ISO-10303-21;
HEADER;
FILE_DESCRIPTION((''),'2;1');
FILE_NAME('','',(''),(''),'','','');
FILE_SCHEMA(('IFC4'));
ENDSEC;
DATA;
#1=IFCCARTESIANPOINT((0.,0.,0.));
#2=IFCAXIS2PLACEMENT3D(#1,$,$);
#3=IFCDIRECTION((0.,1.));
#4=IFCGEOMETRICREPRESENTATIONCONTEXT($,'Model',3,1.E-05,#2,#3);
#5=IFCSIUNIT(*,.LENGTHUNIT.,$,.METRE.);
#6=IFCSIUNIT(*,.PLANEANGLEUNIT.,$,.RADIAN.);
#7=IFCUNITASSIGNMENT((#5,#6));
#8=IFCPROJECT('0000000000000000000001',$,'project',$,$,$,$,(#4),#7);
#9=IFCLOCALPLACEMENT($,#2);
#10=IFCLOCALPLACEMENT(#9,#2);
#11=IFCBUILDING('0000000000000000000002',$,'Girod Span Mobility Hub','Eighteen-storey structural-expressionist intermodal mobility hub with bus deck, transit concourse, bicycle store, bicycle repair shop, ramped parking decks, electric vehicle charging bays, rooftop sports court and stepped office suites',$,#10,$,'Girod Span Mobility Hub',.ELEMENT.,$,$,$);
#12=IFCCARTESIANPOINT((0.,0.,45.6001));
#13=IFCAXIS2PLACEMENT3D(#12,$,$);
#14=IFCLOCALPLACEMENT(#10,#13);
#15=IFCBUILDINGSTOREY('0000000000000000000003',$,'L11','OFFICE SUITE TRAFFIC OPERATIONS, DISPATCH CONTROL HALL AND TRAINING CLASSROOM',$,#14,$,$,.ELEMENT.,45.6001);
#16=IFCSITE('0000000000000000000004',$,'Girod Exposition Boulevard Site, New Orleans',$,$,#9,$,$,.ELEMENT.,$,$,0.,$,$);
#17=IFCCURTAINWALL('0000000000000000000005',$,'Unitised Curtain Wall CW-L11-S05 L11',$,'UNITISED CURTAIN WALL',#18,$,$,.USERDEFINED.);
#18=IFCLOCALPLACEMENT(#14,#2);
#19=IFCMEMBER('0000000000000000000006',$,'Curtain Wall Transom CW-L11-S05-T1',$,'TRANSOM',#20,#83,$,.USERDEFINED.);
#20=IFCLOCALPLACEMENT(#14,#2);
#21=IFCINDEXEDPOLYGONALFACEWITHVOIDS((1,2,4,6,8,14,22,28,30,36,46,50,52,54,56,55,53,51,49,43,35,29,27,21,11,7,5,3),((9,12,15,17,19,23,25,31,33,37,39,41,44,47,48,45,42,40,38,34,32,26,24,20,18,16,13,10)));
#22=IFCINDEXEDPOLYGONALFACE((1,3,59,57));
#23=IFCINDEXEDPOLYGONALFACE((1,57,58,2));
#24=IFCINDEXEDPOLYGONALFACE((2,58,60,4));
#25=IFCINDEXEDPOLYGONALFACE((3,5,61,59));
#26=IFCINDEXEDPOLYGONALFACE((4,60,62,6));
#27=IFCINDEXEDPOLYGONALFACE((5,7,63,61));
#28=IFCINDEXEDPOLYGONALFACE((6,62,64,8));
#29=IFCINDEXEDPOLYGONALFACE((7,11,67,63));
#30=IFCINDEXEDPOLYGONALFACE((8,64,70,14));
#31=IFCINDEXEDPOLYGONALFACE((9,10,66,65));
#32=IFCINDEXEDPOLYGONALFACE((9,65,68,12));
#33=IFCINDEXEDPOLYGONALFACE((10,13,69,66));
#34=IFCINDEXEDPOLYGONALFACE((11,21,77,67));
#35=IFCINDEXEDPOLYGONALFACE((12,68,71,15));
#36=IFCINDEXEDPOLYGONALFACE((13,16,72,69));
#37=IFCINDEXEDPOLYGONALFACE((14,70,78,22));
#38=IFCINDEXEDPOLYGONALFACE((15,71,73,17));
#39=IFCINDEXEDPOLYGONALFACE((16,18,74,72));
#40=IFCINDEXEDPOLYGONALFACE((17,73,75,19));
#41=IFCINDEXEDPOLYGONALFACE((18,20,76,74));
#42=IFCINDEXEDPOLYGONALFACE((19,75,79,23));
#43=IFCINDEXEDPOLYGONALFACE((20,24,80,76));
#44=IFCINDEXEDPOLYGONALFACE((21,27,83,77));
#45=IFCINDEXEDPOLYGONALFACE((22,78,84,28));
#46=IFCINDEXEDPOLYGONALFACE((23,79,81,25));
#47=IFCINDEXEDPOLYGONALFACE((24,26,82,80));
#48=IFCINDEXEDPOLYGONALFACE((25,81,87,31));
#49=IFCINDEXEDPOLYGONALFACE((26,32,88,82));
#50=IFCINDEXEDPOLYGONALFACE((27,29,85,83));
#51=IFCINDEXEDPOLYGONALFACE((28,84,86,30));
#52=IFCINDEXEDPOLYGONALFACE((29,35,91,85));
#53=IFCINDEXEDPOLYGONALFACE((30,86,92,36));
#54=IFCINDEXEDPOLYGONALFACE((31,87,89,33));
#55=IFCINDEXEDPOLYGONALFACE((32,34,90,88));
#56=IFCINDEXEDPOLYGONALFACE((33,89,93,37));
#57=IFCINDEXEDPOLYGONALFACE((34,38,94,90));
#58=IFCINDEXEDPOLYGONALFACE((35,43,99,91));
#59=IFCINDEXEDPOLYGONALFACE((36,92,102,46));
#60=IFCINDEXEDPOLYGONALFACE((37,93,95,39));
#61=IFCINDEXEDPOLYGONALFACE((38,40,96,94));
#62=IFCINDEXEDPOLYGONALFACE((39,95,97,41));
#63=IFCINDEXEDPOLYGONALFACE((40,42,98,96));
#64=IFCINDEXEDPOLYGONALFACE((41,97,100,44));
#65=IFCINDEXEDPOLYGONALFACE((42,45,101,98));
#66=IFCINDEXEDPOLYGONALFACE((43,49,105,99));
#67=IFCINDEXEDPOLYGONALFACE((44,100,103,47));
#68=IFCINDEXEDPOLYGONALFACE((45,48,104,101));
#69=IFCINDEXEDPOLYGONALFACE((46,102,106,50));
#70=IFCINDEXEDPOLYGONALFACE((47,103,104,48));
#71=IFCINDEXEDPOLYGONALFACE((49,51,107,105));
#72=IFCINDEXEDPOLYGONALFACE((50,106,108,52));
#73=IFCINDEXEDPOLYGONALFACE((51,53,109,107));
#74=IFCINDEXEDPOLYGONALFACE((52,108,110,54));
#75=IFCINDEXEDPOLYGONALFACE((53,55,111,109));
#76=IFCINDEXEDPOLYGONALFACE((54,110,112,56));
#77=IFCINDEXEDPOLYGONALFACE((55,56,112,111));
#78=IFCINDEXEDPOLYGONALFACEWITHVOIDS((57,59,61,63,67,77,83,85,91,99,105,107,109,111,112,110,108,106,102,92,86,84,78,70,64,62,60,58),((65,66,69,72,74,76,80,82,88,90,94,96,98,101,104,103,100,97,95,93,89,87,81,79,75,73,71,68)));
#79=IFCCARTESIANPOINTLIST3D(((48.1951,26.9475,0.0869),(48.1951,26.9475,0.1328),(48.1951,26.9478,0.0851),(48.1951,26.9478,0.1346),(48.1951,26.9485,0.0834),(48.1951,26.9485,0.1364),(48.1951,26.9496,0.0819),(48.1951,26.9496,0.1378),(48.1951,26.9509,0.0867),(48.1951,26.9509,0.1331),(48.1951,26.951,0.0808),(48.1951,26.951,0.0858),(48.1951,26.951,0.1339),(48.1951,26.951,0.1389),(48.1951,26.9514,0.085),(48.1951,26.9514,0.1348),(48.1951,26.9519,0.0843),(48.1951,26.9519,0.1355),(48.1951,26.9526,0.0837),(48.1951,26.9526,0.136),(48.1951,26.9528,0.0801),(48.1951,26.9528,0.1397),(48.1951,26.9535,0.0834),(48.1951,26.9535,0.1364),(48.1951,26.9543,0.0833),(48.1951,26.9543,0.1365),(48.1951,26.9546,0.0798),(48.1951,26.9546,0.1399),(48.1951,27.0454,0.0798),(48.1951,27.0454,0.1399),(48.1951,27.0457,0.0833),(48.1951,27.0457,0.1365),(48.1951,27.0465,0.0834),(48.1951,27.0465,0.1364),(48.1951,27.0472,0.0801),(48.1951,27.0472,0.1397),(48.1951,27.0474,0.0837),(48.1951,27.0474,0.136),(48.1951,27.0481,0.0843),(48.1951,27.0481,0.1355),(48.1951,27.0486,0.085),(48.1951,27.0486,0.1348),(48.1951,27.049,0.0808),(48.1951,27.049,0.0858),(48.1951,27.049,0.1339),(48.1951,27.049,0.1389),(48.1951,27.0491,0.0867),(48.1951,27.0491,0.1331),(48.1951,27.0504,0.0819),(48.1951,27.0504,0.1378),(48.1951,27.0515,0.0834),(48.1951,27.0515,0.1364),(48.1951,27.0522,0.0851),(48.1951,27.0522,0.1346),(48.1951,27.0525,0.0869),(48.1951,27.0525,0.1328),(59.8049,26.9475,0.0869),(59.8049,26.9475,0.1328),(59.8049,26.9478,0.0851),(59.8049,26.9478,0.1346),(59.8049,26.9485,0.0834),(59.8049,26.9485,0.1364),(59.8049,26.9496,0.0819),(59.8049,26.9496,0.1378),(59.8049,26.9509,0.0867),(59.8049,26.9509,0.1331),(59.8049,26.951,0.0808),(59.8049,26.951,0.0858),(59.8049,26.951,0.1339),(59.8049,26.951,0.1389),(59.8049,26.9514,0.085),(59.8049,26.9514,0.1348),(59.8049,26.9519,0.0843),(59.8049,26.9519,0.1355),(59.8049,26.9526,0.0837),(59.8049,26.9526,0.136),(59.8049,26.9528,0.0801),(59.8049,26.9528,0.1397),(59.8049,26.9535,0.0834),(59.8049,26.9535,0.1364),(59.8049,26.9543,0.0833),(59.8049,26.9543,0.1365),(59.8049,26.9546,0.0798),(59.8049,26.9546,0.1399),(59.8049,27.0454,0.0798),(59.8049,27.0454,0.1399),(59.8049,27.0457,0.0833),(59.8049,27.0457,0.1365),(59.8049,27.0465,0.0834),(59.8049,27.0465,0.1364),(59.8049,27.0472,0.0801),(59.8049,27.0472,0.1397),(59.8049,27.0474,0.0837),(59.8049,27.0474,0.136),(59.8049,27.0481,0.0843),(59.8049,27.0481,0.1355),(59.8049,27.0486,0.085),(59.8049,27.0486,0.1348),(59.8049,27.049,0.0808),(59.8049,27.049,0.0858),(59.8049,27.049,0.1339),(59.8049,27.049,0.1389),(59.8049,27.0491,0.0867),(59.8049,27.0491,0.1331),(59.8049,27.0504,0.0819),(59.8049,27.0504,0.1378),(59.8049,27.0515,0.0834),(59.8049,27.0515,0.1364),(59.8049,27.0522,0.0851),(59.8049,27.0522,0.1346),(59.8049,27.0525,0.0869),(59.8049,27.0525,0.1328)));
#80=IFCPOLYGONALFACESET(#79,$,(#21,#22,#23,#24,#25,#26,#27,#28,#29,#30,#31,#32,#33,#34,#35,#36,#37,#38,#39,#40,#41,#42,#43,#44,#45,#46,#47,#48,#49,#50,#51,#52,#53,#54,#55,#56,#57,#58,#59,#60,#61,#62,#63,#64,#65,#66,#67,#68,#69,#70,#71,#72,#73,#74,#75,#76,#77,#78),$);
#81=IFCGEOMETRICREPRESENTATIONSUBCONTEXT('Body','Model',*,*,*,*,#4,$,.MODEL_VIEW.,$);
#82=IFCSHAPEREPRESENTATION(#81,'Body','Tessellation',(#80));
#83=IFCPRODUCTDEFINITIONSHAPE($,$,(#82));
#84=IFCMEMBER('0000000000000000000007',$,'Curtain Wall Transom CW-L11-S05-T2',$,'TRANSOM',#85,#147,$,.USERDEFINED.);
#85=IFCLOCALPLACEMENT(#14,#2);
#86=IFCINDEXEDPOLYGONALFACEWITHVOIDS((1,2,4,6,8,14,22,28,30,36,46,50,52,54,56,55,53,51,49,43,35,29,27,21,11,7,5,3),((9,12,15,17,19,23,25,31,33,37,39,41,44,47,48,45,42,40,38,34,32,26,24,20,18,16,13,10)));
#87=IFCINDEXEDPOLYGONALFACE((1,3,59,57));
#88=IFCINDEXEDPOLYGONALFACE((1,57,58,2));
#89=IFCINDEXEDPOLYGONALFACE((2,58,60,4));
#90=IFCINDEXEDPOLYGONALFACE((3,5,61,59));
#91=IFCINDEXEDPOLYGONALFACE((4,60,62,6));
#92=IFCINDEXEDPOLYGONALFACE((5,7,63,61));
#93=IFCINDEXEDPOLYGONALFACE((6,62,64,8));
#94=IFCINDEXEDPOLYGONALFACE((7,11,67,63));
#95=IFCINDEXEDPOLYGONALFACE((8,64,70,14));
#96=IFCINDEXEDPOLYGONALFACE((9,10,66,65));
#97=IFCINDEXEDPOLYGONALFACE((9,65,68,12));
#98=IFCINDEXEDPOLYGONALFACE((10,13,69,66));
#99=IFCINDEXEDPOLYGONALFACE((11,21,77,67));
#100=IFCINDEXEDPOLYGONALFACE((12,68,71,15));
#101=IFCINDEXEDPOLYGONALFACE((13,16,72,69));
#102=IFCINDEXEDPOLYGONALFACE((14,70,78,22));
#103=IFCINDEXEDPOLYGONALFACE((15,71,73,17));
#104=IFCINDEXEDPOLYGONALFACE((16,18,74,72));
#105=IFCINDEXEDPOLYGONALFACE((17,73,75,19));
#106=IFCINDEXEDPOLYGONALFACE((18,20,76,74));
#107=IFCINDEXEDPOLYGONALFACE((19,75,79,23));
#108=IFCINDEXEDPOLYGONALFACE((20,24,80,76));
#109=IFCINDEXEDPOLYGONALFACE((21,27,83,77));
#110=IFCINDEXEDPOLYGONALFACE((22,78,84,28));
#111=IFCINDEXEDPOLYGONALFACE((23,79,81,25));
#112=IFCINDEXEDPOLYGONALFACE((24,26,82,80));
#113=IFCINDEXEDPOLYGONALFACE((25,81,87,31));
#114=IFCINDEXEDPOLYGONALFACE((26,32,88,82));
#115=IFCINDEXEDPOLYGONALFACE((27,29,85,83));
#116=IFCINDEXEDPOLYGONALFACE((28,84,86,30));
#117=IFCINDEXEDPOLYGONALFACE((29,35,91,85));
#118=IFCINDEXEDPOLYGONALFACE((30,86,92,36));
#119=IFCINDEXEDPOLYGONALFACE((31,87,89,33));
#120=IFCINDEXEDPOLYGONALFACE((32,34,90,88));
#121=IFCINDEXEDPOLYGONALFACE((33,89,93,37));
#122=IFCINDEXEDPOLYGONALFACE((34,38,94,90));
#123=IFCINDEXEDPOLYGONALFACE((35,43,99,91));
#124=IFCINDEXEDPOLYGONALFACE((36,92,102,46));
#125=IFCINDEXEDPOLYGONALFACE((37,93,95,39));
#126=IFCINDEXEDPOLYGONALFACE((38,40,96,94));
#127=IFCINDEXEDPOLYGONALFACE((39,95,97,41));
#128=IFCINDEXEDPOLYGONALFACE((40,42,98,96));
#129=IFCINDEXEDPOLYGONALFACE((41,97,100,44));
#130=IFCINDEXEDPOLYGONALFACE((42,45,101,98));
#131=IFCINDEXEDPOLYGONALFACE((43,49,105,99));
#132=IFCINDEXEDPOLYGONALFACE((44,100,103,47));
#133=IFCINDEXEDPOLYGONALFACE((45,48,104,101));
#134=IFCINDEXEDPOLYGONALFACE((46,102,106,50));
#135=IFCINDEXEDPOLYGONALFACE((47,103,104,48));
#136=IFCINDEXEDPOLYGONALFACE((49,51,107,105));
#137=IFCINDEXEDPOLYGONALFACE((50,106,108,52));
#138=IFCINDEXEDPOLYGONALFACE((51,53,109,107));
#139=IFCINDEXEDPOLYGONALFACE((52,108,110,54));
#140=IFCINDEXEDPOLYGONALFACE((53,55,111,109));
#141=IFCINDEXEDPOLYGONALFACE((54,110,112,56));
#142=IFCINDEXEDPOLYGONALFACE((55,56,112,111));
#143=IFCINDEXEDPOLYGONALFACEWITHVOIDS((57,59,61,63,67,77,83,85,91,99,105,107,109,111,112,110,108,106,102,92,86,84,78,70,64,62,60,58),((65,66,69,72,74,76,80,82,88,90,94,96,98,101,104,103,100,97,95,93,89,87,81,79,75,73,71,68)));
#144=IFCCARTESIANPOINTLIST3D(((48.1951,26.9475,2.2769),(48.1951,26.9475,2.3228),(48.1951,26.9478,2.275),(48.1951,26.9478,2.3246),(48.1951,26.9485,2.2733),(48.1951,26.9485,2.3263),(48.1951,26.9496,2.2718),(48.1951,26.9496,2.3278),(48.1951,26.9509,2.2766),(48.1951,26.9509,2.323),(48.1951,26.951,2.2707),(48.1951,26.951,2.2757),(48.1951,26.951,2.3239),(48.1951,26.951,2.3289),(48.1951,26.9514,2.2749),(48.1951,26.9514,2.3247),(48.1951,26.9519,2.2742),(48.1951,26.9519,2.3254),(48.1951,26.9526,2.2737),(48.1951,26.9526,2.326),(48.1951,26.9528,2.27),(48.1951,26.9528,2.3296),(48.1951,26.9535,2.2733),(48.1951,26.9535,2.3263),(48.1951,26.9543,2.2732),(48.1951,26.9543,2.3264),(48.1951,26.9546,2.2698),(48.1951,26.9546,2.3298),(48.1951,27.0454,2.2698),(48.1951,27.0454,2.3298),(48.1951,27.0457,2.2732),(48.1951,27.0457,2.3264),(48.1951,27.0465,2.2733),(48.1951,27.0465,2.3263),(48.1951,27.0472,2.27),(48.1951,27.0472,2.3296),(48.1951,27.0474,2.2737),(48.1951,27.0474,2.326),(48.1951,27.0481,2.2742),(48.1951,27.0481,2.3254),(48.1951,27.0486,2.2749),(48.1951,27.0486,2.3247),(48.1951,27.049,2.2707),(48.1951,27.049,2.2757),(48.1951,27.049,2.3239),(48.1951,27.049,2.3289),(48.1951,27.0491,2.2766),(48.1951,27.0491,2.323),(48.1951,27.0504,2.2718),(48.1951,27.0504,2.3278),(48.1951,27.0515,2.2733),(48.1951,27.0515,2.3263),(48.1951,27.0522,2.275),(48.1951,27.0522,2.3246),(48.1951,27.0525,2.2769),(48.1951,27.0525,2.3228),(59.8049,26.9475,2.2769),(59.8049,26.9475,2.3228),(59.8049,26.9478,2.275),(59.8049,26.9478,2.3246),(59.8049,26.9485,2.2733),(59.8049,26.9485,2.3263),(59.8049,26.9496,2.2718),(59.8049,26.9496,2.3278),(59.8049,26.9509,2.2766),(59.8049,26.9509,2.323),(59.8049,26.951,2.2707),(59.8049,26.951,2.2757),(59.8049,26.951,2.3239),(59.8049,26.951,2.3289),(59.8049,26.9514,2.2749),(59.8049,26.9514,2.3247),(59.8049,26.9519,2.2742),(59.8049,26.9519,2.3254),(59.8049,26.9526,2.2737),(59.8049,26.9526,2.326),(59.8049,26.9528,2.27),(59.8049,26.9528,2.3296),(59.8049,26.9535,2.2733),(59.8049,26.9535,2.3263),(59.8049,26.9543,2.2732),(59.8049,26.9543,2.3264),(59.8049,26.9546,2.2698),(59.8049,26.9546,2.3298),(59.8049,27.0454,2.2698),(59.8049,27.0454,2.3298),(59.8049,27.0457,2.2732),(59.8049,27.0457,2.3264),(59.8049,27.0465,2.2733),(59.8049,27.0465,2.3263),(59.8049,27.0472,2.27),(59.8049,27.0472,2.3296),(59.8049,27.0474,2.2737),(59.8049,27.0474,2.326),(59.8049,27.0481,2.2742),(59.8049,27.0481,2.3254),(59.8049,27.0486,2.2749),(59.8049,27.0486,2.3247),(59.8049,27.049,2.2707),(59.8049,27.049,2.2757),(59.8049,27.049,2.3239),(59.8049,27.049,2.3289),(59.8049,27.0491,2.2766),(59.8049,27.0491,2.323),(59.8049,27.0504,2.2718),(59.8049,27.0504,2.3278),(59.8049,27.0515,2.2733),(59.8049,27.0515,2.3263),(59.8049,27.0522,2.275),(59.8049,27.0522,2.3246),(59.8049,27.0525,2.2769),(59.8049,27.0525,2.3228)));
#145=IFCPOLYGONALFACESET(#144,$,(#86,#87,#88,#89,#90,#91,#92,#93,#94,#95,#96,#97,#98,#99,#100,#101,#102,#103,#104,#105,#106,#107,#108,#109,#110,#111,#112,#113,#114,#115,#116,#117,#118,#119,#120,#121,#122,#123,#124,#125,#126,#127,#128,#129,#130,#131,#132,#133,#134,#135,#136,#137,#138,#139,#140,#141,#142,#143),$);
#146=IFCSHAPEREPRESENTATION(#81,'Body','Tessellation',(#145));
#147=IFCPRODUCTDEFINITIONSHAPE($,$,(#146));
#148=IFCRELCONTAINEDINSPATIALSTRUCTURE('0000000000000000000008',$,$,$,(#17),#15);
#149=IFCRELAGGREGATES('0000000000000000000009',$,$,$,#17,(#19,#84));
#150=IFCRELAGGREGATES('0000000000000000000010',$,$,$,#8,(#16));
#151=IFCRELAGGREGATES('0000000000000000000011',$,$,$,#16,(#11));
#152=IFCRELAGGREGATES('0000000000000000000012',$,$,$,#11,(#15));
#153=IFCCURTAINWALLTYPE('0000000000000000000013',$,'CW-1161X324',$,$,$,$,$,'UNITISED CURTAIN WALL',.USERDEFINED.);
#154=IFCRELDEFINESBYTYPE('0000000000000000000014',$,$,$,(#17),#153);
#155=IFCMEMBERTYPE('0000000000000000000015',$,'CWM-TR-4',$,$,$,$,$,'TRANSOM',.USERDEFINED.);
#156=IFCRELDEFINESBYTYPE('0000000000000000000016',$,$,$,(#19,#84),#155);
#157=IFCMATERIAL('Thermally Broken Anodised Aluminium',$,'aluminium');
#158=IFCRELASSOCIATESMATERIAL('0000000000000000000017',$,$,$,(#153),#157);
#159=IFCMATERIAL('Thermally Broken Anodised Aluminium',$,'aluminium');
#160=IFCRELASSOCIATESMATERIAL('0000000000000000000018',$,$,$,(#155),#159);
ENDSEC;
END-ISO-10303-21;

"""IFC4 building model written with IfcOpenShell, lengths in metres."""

from ifc_helpers import new_model, si_unit, direction, frame, origin, origin_2d, place, context, subcontext, project, spatial, hollow_rectangle, extrude, material, material_profile, profile_set, type_object, element, aggregate, save


model = new_model("IFC4")

# Units and contexts
model_context = context("Model", 3, precision=1e-05, world=origin(), true_north=direction((0.0, 1.0)))
body_context = subcontext(model_context, "Body", "Model", "MODEL_VIEW")
ifc_project = project(units=[si_unit("LENGTHUNIT", "METRE"), si_unit("PLANEANGLEUNIT", "RADIAN")], contexts=[model_context])

# Site, building, storey
site_placement = place(None, origin())
site = spatial("IfcSite", under=ifc_project, at=site_placement, Name="Girod Exposition Boulevard Site, New Orleans", CompositionType="ELEMENT", RefElevation=0.0)
building_placement = place(site_placement, origin())
building = spatial("IfcBuilding", under=site, at=building_placement, Name="Girod Span Mobility Hub", Description="Eighteen-storey structural-expressionist intermodal mobility hub with bus deck, transit concourse, bicycle store, bicycle repair shop, ramped parking decks, electric vehicle charging bays, rooftop sports court and stepped office suites", LongName="Girod Span Mobility Hub", CompositionType="ELEMENT")
storey_placement = place(building_placement, frame((0.0, 0.0, 45.6001)))
storey = spatial("IfcBuildingStorey", under=building, at=storey_placement, Name="L11", Description="OFFICE SUITE TRAFFIC OPERATIONS, DISPATCH CONTROL HALL AND TRAINING CLASSROOM", CompositionType="ELEMENT", Elevation=45.6001)

# Curtain wall, members
ifc_material_1 = material(Name="Thermally Broken Anodised Aluminium", Category="aluminium")
curtain_wall_type = type_object("IfcCurtainWallType", Name="CW-1161X324", ElementType="UNITISED CURTAIN WALL", PredefinedType="USERDEFINED", material=ifc_material_1)
curtain_wall_1_placement = place(storey_placement, origin())
curtain_wall_1 = element("IfcCurtainWall", 1, at=curtain_wall_1_placement, inside=storey, type_object=curtain_wall_type, Name="Unitised Curtain Wall CW-L11-S05 L11", ObjectType="UNITISED CURTAIN WALL", PredefinedType="USERDEFINED")
ifc_material_2 = material(Name="Thermally Broken Anodised Aluminium", Category="aluminium")
ifc_material_profile_1 = material_profile(ifc_material_2, hollow_rectangle(XDim=0.105, YDim=0.0601, WallThickness=0.0034, InnerFilletRadius=0.0034, OuterFilletRadius=0.0071, at=origin_2d()), Name="CW-TR-60X105")
ifc_profile_set_1 = profile_set([ifc_material_profile_1], Name="Thermally Broken Anodised Aluminium")
member_type_1 = type_object("IfcMemberType", Name="CWM-TR-4", ElementType="TRANSOM", PredefinedType="USERDEFINED", material=ifc_profile_set_1)
member_1_placement = place(storey_placement, frame((48.1951, 27.0, 0.1099), z_axis=(1.0, 0.0, 0.0), x_axis=(0.0, 1.0, 0.0)))
member_1 = element("IfcMember", 2, at=member_1_placement, type_object=member_type_1, Name="Curtain Wall Transom CW-L11-S05-T1", ObjectType="TRANSOM", PredefinedType="USERDEFINED", context=body_context, shape_type="SweptSolid", body=[
    extrude(hollow_rectangle(XDim=0.105, YDim=0.0601, WallThickness=0.0034, InnerFilletRadius=0.0034, OuterFilletRadius=0.0071, at=origin_2d()), origin(), (0.0, 0.0, 1.0), 11.6099),
])
member_2_placement = place(storey_placement, frame((48.1951, 27.0, 2.2998), z_axis=(1.0, 0.0, 0.0), x_axis=(0.0, 1.0, 0.0)))
member_2 = element("IfcMember", 3, at=member_2_placement, type_object=member_type_1, Name="Curtain Wall Transom CW-L11-S05-T2", ObjectType="TRANSOM", PredefinedType="USERDEFINED", context=body_context, shape_type="SweptSolid", body=[
    extrude(hollow_rectangle(XDim=0.105, YDim=0.0601, WallThickness=0.0034, InnerFilletRadius=0.0034, OuterFilletRadius=0.0071, at=origin_2d()), origin(), (0.0, 0.0, 1.0), 11.6099),
])

aggregate(curtain_wall_1, [member_1, member_2])

save(model, "model.ifc")
